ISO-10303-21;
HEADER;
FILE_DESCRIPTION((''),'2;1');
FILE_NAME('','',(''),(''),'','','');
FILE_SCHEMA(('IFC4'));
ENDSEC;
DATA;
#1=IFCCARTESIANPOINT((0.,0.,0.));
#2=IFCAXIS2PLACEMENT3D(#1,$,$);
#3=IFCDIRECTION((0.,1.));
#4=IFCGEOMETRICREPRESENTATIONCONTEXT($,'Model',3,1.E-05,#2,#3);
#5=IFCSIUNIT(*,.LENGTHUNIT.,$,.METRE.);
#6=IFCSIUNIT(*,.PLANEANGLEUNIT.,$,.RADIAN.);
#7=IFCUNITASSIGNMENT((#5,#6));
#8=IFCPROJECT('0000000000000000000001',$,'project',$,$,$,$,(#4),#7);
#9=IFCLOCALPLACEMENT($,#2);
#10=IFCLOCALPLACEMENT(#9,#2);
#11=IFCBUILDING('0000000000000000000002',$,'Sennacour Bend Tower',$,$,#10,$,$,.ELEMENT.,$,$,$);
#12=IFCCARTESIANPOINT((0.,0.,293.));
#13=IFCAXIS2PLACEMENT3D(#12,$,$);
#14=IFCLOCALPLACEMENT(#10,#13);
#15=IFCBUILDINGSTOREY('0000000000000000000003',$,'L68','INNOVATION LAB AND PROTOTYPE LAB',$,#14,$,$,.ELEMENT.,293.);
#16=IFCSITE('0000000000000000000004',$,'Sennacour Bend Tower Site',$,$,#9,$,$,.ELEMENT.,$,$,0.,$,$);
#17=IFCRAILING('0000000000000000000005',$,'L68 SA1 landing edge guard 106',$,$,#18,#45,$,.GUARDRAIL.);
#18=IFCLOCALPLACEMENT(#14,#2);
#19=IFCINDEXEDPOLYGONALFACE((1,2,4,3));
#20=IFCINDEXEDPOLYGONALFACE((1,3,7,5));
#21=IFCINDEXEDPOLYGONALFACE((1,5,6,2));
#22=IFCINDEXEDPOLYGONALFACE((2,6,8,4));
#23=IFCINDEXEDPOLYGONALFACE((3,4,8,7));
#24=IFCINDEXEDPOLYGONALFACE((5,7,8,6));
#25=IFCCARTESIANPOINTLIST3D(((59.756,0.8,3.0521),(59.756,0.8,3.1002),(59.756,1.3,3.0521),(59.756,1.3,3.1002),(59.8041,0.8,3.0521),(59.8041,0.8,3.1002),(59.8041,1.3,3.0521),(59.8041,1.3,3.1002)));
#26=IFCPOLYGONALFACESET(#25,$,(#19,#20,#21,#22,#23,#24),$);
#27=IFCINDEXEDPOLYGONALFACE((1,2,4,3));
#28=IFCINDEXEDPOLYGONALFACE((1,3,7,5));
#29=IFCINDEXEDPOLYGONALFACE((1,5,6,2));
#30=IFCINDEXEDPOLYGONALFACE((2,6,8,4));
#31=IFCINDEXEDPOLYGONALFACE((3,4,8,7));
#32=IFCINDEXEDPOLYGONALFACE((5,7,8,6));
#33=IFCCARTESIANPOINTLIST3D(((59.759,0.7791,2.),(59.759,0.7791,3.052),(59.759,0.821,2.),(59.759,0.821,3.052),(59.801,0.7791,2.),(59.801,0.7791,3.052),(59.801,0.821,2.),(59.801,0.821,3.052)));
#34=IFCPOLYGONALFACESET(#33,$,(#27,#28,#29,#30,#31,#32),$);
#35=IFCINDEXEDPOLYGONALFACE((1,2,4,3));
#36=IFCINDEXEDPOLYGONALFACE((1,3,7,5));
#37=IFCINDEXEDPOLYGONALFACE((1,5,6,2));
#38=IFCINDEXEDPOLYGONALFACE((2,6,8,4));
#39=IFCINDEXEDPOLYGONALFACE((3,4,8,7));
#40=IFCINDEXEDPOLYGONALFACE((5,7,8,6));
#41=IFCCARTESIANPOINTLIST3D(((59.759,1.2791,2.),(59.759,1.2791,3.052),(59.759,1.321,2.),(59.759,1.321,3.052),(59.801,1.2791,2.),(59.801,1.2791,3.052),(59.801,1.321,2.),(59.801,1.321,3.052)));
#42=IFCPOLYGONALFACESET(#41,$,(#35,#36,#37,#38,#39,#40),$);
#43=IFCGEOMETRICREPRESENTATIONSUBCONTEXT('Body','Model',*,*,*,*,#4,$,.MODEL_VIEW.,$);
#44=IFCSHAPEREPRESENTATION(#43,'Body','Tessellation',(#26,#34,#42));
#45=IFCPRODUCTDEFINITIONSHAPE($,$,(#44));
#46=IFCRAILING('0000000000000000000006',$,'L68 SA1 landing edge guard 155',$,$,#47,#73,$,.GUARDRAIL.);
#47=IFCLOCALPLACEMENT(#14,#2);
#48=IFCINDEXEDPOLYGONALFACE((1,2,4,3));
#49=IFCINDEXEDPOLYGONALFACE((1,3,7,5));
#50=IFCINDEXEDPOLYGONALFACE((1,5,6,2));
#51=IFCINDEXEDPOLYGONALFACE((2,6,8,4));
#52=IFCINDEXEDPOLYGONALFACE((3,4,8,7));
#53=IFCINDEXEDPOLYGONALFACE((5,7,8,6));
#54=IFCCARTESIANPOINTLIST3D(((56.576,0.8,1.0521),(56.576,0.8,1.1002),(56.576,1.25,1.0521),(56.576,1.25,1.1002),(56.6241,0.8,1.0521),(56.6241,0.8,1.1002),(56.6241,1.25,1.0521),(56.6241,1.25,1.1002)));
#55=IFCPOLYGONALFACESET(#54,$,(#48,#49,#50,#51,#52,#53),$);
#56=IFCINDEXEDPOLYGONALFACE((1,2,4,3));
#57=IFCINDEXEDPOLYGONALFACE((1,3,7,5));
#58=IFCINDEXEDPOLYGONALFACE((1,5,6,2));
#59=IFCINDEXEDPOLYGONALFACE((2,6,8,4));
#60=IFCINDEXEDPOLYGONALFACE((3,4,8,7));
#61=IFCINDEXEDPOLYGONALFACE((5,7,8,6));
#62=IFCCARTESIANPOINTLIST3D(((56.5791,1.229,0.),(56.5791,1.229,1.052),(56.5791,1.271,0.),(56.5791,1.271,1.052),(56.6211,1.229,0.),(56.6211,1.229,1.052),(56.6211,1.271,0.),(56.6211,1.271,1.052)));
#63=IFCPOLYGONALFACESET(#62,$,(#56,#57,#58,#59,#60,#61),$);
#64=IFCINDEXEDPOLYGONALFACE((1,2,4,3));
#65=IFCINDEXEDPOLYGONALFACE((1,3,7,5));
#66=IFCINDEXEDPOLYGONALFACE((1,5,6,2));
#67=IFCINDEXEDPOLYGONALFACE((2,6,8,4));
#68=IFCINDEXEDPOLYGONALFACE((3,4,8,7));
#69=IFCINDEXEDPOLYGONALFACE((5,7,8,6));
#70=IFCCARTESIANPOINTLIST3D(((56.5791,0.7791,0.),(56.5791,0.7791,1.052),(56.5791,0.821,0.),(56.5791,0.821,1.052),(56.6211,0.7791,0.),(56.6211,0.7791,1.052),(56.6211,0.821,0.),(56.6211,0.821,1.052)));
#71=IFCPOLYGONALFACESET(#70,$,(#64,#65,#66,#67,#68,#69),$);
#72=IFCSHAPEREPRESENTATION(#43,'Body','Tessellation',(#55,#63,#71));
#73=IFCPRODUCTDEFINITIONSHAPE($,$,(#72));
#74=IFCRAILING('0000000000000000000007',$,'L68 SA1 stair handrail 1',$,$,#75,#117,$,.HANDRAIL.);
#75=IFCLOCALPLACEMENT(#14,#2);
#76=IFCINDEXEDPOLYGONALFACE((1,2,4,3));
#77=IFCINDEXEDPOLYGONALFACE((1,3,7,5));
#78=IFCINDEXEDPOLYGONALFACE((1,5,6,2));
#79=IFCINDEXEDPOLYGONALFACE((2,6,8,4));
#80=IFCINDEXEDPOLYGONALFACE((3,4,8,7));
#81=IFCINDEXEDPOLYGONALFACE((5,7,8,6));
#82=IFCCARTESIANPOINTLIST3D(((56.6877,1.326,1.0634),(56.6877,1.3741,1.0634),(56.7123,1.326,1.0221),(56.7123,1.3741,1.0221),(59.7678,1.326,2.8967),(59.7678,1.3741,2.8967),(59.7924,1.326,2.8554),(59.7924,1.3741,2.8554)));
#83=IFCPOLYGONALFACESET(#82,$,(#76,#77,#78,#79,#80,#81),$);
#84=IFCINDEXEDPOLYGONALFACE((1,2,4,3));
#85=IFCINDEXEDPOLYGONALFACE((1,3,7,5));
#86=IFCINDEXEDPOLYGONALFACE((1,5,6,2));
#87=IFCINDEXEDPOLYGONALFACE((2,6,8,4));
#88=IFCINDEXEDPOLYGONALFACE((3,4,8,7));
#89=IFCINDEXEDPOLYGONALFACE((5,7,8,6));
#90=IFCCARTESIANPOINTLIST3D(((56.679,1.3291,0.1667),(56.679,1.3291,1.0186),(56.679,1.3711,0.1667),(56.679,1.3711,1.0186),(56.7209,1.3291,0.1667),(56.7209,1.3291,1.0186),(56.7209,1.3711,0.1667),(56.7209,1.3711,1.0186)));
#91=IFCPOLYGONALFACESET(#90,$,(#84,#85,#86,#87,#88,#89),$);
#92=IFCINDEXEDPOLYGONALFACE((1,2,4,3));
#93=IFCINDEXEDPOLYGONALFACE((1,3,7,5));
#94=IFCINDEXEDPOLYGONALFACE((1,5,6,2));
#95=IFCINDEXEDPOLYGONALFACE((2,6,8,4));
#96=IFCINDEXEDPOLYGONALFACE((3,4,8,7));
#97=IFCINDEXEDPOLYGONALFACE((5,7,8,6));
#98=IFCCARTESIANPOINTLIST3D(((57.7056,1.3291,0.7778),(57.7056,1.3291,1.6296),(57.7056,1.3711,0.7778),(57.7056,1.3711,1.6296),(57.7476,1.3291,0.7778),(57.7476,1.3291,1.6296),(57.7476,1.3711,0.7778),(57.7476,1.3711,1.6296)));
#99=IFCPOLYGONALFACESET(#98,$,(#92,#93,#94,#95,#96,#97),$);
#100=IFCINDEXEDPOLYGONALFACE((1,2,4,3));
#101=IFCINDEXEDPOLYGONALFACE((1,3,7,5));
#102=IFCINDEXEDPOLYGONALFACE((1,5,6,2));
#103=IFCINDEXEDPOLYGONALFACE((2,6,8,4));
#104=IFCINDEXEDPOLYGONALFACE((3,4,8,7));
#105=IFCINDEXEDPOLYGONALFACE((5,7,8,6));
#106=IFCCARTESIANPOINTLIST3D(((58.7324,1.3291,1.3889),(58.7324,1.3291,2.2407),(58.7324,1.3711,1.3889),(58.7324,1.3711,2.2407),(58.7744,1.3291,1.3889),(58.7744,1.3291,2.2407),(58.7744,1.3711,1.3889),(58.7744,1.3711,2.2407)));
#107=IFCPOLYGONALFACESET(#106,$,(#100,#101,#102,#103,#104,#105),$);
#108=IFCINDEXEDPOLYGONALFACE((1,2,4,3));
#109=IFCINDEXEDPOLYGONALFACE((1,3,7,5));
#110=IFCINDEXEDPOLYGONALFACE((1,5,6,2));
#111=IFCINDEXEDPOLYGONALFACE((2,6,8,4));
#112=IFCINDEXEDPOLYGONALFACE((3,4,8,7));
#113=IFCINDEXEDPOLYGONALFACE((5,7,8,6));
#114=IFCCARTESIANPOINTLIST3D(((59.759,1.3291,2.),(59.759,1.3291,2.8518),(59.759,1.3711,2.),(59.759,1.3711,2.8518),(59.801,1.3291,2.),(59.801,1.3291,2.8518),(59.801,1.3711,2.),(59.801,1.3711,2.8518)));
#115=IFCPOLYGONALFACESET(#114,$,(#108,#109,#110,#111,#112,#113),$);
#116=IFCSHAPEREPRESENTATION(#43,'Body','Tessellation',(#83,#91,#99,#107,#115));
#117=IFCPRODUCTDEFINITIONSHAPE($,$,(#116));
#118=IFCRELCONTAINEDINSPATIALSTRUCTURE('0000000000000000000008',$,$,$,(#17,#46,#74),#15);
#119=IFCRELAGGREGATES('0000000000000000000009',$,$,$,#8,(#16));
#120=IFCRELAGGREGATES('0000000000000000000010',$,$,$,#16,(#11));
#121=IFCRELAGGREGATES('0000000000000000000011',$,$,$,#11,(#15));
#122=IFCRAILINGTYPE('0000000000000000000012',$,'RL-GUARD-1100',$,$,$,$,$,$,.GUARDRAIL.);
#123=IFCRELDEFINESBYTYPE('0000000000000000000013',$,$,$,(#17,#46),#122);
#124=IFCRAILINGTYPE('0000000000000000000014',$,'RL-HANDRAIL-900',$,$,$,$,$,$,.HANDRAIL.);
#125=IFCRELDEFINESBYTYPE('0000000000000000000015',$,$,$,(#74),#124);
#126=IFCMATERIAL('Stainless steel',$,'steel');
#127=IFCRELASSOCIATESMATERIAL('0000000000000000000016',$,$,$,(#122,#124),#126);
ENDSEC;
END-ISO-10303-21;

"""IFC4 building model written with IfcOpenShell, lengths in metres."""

from ifc_helpers import new_model, si_unit, direction, frame, origin, origin_2d, place, context, subcontext, project, spatial, rectangle, extrude, material, type_object, element, save


model = new_model("IFC4")

# Units and contexts
model_context = context("Model", 3, precision=1e-05, world=origin(), true_north=direction((0.0, 1.0)))
body_context = subcontext(model_context, "Body", "Model", "MODEL_VIEW")
ifc_project = project(units=[si_unit("LENGTHUNIT", "METRE"), si_unit("PLANEANGLEUNIT", "RADIAN")], contexts=[model_context])

# Site, building, storey
site_placement = place(None, origin())
site = spatial("IfcSite", under=ifc_project, at=site_placement, Name="Sennacour Bend Tower Site", CompositionType="ELEMENT", RefElevation=0.0)
building_placement = place(site_placement, origin())
building = spatial("IfcBuilding", under=site, at=building_placement, Name="Sennacour Bend Tower", CompositionType="ELEMENT")
storey_placement = place(building_placement, frame((0.0, 0.0, 293.0)))
storey = spatial("IfcBuildingStorey", under=building, at=storey_placement, Name="L68", Description="INNOVATION LAB AND PROTOTYPE LAB", CompositionType="ELEMENT", Elevation=293.0)

# Shared definitions
ifc_material_1 = material(Name="Stainless steel", Category="steel")

# Railings
railing_type_1 = type_object("IfcRailingType", Name="RL-GUARD-1100", PredefinedType="GUARDRAIL", material=ifc_material_1)
railing_1_placement = place(storey_placement, frame((59.78, 0.8, 2.0)))
element("IfcRailing", 1, at=railing_1_placement, inside=storey, type_object=railing_type_1, Name="L68 SA1 landing edge guard 106", PredefinedType="GUARDRAIL", context=body_context, shape_type="SweptSolid", body=[
    extrude(rectangle(XDim=0.0481, YDim=0.0481, at=origin_2d()), frame((0.0, 0.0, 1.0762), z_axis=(0.0, 1.0, 0.0), x_axis=(-1.0, 0.0, 0.0)), (0.0, 0.0, 1.0), 0.5),
    extrude(rectangle(XDim=0.042, YDim=0.042, at=origin_2d()), origin(), (0.0, 0.0, 1.0), 1.052),
    extrude(rectangle(XDim=0.042, YDim=0.042, at=origin_2d()), frame((0.0, 0.5, 0.0)), (0.0, 0.0, 1.0), 1.052),
])
railing_2_placement = place(storey_placement, frame((56.6001, 1.25, 0.0)))
element("IfcRailing", 2, at=railing_2_placement, inside=storey, type_object=railing_type_1, Name="L68 SA1 landing edge guard 155", PredefinedType="GUARDRAIL", context=body_context, shape_type="SweptSolid", body=[
    extrude(rectangle(XDim=0.0481, YDim=0.0481, at=origin_2d()), frame((0.0, 0.0, 1.0762), z_axis=(0.0, -1.0, 0.0), x_axis=(1.0, 0.0, 0.0)), (0.0, 0.0, 1.0), 0.45),
    extrude(rectangle(XDim=0.042, YDim=0.042, at=origin_2d()), origin(), (0.0, 0.0, 1.0), 1.052),
    extrude(rectangle(XDim=0.042, YDim=0.042, at=origin_2d()), frame((0.0, -0.45, 0.0)), (0.0, 0.0, 1.0), 1.052),
])
railing_type_2 = type_object("IfcRailingType", Name="RL-HANDRAIL-900", PredefinedType="HANDRAIL", material=ifc_material_1)
railing_3_placement = place(storey_placement, frame((56.7, 1.3501, 0.1667)))
element("IfcRailing", 3, at=railing_3_placement, inside=storey, type_object=railing_type_2, Name="L68 SA1 stair handrail 1", PredefinedType="HANDRAIL", context=body_context, shape_type="SweptSolid", body=[
    extrude(rectangle(XDim=0.0481, YDim=0.0481, at=origin_2d()), frame((0.0, 0.0, 0.876), z_axis=(0.859309, 0.0, 0.511458), x_axis=(0.0, 1.0, 0.0)), (0.0, 0.0, 1.0), 3.5845),
    extrude(rectangle(XDim=0.042, YDim=0.042, at=origin_2d()), origin(), (0.0, 0.0, 1.0), 0.8518),
    extrude(rectangle(XDim=0.042, YDim=0.042, at=origin_2d()), frame((1.0266, 0.0, 0.6111)), (0.0, 0.0, 1.0), 0.8518),
    extrude(rectangle(XDim=0.042, YDim=0.042, at=origin_2d()), frame((2.0535, 0.0, 1.2222)), (0.0, 0.0, 1.0), 0.8518),
    extrude(rectangle(XDim=0.042, YDim=0.042, at=origin_2d()), frame((3.0801, 0.0, 1.8333)), (0.0, 0.0, 1.0), 0.8518),
])

save(model, "model.ifc")
